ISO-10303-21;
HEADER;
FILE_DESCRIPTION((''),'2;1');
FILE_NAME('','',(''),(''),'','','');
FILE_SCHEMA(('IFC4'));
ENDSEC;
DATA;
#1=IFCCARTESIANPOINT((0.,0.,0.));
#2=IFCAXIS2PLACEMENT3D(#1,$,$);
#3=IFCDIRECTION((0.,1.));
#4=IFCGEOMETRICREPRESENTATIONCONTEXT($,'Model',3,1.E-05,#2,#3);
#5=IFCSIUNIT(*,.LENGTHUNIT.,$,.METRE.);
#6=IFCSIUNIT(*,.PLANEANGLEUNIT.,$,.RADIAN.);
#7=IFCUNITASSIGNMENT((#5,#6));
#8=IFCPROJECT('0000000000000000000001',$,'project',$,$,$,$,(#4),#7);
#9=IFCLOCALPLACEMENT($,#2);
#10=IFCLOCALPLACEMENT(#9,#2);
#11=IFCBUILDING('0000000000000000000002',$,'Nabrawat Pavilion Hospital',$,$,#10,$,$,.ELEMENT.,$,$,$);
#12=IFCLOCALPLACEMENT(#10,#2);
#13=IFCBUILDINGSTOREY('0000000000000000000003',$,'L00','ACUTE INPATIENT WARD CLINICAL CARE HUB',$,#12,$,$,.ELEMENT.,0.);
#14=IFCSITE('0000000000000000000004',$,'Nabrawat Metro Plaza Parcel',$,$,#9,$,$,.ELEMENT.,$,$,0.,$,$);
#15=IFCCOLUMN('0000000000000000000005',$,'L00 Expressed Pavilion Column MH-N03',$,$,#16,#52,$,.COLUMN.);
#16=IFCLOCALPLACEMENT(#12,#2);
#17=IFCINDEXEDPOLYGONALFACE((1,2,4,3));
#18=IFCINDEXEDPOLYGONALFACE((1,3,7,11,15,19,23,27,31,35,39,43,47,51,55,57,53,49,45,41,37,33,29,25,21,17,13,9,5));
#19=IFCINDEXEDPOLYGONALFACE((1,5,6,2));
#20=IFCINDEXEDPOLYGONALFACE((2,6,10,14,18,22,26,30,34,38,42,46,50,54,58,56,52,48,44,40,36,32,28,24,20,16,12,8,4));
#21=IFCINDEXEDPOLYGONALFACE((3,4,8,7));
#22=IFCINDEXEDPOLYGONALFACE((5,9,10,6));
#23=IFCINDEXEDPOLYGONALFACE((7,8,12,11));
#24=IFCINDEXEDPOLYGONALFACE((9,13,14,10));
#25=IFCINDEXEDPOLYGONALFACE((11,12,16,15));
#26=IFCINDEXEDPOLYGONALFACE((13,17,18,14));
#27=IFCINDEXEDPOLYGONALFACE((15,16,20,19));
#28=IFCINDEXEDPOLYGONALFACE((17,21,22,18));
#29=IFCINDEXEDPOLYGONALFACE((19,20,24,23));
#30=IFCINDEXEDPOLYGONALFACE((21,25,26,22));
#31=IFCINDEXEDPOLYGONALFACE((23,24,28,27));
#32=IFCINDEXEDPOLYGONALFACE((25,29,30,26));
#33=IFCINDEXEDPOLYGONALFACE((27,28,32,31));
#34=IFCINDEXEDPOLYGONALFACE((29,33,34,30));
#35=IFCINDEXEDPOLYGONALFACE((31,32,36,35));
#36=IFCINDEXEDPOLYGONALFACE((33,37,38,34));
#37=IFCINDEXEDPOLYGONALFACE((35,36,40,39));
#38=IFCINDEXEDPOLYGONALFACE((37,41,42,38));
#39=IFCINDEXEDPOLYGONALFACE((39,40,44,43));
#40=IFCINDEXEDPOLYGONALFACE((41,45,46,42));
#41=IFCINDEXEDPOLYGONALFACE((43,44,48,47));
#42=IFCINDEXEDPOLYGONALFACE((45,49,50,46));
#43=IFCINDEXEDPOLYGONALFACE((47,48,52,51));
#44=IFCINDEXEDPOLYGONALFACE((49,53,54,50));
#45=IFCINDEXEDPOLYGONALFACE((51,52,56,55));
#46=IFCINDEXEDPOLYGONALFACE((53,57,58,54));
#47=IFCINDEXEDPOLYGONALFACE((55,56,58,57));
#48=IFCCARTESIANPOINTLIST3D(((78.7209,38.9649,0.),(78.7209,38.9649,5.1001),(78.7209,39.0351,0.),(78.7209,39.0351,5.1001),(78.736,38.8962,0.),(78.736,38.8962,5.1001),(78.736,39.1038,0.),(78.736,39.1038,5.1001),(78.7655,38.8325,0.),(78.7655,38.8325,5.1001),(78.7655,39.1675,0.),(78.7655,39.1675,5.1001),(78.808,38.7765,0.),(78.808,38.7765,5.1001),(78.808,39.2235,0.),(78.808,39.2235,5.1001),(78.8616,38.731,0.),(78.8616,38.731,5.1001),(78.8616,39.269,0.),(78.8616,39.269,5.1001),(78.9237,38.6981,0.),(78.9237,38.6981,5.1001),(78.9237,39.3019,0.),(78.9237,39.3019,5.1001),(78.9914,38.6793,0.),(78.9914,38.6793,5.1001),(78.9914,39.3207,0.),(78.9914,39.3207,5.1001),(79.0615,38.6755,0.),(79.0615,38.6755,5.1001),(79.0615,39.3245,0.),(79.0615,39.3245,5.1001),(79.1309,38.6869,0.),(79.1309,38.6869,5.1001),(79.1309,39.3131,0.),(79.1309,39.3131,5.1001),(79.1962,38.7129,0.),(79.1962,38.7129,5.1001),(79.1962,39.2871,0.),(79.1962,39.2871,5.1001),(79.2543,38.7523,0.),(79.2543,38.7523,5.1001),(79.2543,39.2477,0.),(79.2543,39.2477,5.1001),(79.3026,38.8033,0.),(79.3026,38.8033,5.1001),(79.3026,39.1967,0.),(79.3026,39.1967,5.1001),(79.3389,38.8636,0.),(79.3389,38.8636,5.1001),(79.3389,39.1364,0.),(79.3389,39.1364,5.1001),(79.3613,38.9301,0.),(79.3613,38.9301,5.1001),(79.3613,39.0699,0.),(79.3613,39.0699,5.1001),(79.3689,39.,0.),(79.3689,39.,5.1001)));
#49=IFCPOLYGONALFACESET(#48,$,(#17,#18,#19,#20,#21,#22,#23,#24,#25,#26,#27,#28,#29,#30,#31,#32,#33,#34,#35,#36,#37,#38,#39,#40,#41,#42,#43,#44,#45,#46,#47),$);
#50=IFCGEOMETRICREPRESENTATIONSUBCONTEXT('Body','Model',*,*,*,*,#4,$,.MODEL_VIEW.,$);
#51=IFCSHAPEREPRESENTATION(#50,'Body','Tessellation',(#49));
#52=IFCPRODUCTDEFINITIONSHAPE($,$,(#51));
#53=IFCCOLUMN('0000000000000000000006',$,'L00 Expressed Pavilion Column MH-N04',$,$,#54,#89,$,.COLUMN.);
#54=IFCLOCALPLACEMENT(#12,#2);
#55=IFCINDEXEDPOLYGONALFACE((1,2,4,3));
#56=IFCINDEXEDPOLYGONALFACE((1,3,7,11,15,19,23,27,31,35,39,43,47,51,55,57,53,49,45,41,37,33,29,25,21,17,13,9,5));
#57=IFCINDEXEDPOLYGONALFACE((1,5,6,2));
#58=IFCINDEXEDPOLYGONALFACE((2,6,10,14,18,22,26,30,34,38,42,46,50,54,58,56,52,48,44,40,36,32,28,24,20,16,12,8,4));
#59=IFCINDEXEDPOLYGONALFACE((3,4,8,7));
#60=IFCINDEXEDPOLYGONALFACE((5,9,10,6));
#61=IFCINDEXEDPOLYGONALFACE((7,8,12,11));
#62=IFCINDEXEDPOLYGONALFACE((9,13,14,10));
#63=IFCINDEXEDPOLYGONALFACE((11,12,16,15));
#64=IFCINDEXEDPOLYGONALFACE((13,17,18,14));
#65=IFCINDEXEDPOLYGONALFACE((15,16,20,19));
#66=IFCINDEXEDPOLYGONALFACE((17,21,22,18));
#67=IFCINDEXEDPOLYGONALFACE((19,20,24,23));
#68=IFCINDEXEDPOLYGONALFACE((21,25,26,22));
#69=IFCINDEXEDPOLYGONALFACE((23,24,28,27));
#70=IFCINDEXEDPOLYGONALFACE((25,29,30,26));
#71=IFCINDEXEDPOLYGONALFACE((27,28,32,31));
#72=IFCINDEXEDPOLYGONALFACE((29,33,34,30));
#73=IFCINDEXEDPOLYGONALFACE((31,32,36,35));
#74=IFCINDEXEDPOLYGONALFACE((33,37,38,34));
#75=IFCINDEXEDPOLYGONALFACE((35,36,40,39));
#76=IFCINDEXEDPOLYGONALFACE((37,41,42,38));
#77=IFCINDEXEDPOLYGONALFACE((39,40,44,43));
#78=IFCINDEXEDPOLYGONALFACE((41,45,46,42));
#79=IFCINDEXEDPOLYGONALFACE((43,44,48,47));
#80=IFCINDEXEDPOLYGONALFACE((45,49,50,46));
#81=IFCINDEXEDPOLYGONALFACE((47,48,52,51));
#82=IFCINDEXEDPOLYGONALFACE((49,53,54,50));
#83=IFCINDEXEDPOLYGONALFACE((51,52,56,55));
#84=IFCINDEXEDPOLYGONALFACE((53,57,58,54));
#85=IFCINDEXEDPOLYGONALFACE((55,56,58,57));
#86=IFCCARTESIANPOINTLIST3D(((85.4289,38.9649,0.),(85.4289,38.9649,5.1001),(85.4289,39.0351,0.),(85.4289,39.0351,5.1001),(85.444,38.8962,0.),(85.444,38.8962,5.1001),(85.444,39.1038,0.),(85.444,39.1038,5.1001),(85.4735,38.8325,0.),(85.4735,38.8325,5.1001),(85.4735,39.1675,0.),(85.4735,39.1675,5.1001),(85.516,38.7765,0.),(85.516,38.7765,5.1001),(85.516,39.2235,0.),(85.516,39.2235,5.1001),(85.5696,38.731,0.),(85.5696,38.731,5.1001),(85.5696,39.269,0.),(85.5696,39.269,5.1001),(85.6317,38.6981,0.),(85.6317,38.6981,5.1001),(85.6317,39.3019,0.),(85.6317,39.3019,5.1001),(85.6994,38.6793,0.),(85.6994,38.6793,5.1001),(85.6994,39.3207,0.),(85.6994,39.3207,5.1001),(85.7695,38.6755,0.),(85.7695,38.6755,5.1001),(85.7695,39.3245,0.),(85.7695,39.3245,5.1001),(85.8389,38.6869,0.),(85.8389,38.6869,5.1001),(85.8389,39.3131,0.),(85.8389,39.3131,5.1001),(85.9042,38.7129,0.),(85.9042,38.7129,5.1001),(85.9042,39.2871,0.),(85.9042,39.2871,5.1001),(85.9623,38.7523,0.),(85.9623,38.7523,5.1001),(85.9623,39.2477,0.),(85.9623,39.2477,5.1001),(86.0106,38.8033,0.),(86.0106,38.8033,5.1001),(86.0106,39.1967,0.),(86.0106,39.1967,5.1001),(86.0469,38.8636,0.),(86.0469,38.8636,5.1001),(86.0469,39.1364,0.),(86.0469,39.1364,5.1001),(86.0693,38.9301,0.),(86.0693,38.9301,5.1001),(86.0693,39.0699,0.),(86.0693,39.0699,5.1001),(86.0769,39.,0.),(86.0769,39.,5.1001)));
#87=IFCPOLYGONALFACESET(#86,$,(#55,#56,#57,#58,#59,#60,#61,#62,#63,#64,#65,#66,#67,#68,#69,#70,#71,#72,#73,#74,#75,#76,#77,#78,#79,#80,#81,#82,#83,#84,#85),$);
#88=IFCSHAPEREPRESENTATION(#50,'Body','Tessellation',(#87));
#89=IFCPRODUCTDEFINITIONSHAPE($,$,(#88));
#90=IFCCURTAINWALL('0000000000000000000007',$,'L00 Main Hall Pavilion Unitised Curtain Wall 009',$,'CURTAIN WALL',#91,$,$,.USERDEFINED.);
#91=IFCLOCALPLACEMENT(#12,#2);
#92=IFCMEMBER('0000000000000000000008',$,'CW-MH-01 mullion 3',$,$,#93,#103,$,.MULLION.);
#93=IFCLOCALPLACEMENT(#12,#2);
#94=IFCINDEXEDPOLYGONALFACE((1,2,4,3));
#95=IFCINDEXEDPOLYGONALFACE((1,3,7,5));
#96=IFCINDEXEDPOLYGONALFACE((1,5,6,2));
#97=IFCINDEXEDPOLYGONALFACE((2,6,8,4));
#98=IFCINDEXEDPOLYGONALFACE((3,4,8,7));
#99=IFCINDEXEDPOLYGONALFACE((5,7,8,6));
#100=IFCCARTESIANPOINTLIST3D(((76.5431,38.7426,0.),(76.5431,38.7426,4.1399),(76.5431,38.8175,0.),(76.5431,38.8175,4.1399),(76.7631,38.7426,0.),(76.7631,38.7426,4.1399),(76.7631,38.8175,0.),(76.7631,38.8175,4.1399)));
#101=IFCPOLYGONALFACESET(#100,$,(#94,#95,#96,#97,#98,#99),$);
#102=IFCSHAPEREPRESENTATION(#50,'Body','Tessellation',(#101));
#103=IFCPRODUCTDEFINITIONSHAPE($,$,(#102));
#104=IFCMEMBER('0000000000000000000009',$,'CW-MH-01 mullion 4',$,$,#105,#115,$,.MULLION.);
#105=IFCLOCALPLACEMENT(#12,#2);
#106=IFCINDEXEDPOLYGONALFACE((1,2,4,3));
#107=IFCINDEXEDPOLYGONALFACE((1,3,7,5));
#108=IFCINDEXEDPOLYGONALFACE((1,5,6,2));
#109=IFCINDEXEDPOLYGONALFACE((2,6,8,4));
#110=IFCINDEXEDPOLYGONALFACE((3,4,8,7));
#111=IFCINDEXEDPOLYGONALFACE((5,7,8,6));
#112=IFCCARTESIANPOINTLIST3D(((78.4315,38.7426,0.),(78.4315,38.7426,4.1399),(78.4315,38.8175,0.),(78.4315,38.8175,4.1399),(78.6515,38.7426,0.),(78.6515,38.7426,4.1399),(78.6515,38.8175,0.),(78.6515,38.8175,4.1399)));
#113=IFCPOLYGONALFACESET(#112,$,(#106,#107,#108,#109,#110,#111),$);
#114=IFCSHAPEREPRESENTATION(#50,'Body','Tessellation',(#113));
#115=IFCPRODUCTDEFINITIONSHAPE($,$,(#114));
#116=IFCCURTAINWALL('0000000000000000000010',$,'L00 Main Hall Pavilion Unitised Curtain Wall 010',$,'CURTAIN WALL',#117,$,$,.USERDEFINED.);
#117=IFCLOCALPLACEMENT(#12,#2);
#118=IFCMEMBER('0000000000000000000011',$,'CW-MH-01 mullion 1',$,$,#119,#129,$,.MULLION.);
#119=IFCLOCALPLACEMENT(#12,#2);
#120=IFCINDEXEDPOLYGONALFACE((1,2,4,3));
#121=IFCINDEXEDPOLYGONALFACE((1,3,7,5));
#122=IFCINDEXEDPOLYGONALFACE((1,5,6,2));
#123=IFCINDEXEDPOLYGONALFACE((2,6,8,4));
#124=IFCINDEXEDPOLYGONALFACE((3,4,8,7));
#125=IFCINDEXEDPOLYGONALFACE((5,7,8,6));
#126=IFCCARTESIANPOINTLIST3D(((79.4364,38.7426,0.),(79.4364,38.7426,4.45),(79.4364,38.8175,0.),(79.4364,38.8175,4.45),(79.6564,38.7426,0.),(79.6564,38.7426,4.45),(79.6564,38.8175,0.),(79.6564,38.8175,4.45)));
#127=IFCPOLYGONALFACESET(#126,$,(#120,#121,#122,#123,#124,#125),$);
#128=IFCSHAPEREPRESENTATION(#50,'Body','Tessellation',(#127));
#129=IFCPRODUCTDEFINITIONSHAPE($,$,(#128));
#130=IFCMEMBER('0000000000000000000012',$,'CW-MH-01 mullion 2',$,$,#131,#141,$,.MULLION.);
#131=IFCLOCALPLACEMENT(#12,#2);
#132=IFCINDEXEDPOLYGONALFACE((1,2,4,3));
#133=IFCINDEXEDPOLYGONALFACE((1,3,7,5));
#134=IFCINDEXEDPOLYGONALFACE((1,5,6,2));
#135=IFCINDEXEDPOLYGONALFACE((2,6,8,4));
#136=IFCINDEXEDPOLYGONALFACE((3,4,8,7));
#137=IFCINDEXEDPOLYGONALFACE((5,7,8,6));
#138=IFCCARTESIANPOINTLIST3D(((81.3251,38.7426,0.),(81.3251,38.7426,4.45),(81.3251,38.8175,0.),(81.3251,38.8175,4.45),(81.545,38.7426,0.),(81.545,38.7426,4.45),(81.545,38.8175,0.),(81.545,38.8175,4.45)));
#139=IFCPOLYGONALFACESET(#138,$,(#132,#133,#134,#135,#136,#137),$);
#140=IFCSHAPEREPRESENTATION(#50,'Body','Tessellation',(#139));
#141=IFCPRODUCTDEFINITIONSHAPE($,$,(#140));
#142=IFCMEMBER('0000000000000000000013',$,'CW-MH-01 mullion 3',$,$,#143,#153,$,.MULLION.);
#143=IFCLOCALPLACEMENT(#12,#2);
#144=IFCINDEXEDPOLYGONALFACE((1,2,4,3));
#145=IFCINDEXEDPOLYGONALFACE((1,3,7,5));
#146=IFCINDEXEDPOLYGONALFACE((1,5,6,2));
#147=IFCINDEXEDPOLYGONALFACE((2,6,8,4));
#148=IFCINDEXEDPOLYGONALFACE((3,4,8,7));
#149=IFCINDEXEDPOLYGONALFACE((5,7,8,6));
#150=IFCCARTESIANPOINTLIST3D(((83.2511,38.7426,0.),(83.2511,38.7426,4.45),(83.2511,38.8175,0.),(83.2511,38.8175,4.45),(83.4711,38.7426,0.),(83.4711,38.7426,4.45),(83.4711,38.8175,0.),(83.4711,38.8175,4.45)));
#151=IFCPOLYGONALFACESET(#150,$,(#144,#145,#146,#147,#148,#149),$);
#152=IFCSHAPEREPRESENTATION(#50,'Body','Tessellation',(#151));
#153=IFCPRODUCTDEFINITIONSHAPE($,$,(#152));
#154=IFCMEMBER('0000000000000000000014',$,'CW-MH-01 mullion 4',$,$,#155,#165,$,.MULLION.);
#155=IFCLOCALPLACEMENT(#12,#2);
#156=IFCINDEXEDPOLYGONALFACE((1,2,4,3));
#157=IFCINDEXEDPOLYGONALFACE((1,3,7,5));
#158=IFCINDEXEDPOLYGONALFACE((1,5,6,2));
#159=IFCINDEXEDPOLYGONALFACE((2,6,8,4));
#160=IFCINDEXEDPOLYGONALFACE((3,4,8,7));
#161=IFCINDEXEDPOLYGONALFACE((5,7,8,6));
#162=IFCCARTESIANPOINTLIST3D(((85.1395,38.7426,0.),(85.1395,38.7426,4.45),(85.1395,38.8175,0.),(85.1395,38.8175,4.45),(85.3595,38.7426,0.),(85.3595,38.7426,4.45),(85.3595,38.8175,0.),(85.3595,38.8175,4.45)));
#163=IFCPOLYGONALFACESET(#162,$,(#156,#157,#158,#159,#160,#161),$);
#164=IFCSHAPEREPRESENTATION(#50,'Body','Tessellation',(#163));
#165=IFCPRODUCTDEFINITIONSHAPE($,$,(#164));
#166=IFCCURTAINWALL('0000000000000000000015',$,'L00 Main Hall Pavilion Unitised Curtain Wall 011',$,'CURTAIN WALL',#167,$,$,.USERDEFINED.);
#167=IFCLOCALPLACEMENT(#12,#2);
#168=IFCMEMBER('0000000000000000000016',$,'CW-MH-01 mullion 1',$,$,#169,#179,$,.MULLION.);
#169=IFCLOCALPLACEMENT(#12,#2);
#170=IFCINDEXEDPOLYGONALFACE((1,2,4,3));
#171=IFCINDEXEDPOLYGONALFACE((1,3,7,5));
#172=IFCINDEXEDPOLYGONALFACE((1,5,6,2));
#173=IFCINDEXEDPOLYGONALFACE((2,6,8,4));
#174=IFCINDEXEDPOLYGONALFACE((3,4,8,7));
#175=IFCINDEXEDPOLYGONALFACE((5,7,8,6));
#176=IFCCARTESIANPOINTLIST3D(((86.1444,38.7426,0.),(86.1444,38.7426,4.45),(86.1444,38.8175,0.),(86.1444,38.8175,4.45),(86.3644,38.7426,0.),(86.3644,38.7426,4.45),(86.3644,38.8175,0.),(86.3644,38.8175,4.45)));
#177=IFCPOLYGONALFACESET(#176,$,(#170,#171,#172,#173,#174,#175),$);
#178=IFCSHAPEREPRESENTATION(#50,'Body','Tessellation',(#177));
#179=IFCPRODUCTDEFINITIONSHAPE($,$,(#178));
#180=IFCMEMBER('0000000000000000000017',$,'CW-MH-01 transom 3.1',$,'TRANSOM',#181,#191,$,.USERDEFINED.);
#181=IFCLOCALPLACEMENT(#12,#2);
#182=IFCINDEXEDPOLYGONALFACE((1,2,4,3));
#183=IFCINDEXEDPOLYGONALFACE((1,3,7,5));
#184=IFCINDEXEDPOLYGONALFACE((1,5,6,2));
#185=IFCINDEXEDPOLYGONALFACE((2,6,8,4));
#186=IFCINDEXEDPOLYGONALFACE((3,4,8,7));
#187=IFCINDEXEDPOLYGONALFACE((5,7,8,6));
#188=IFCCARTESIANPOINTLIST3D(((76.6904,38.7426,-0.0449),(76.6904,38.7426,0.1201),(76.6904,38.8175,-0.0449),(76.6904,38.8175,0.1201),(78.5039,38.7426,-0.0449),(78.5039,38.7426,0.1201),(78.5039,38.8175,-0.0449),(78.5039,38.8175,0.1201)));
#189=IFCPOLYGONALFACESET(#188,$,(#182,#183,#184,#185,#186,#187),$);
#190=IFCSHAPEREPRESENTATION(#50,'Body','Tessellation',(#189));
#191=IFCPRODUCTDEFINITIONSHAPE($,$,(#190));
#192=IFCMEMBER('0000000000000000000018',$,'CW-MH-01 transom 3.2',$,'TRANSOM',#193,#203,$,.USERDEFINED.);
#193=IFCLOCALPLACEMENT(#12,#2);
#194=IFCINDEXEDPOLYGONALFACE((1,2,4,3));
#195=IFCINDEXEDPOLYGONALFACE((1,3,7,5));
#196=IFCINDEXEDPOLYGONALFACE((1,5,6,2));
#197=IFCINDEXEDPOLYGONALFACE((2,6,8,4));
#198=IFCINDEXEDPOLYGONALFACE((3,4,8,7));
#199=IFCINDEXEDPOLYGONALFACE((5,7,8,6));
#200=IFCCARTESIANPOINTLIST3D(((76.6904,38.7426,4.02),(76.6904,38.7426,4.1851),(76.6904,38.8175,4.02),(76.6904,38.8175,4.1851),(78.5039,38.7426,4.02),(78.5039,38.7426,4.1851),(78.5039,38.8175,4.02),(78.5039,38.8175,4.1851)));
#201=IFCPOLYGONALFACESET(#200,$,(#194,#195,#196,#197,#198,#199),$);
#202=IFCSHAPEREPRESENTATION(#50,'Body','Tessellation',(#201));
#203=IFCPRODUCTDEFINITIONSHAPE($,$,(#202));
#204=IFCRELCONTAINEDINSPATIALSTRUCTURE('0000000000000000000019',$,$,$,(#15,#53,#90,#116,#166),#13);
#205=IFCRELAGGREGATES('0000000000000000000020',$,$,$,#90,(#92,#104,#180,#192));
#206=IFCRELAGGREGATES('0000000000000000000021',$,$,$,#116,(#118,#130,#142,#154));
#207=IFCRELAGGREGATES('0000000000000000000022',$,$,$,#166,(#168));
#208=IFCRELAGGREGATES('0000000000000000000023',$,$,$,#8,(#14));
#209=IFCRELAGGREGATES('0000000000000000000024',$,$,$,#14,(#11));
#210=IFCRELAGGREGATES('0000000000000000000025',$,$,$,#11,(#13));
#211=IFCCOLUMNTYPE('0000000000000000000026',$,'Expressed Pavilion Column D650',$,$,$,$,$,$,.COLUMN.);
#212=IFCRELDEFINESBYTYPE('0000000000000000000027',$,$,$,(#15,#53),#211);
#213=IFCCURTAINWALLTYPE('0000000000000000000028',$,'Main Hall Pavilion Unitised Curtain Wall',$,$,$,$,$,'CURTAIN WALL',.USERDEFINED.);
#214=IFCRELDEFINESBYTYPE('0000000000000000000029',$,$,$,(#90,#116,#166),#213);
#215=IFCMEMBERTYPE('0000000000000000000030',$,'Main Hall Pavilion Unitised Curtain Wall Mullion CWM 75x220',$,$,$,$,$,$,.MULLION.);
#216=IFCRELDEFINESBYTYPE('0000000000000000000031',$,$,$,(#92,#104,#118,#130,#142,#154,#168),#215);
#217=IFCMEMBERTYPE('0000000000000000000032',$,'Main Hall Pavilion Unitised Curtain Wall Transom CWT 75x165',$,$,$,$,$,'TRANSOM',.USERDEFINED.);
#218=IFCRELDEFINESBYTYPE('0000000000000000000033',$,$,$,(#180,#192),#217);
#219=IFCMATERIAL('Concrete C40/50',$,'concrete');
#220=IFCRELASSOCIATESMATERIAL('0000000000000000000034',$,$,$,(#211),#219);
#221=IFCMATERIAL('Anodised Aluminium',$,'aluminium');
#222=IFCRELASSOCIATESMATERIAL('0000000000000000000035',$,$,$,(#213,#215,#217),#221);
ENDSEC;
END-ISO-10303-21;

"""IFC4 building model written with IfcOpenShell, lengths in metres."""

from ifc_helpers import new_model, si_unit, direction, frame, origin, origin_2d, place, context, subcontext, project, spatial, rectangle, circle, extrude, material, material_profile, profile_set, type_object, element, aggregate, save


model = new_model("IFC4")

# Units and contexts
model_context = context("Model", 3, precision=1e-05, world=origin(), true_north=direction((0.0, 1.0)))
body_context = subcontext(model_context, "Body", "Model", "MODEL_VIEW")
ifc_project = project(units=[si_unit("LENGTHUNIT", "METRE"), si_unit("PLANEANGLEUNIT", "RADIAN")], contexts=[model_context])

# Site, building, storey
site_placement = place(None, origin())
site = spatial("IfcSite", under=ifc_project, at=site_placement, Name="Nabrawat Metro Plaza Parcel", CompositionType="ELEMENT", RefElevation=0.0)
building_placement = place(site_placement, origin())
building = spatial("IfcBuilding", under=site, at=building_placement, Name="Nabrawat Pavilion Hospital", CompositionType="ELEMENT")
storey_placement = place(building_placement, origin())
storey = spatial("IfcBuildingStorey", under=building, at=storey_placement, Name="L00", Description="ACUTE INPATIENT WARD CLINICAL CARE HUB", CompositionType="ELEMENT", Elevation=0.0)

# Columns
ifc_material_1 = material(Name="Concrete C40/50", Category="concrete")
ifc_material_profile_1 = material_profile(ifc_material_1, circle(Radius=0.325, at=origin_2d()), Name="RC D650")
ifc_profile_set_1 = profile_set([ifc_material_profile_1], Name="Concrete C40/50")
column_type = type_object("IfcColumnType", Name="Expressed Pavilion Column D650", PredefinedType="COLUMN", material=ifc_profile_set_1)
for number, where, z_axis, x_axis, name in (
    (1, (79.0439, 39.0, 0.0), (0.0, 0.0, 1.0), (1.0, 0.0, 0.0), "L00 Expressed Pavilion Column MH-N03"),
    (2, (85.752, 39.0, 0.0), (0.0, 0.0, 1.0), (1.0, 0.0, 0.0), "L00 Expressed Pavilion Column MH-N04"),
):
    element("IfcColumn", number, at=place(storey_placement, frame(where, z_axis=z_axis, x_axis=x_axis)), inside=storey, type_object=column_type, Name=name, PredefinedType="COLUMN", context=body_context, shape_type="SweptSolid", body=[
        extrude(circle(Radius=0.325, at=origin_2d()), origin(), (0.0, 0.0, 1.0), 5.1001),
    ])

# Curtain walls, members
ifc_material_2 = material(Name="Anodised Aluminium", Category="aluminium")
curtain_wall_type = type_object("IfcCurtainWallType", Name="Main Hall Pavilion Unitised Curtain Wall", ElementType="CURTAIN WALL", PredefinedType="USERDEFINED", material=ifc_material_2)
curtain_wall_1_placement = place(storey_placement, origin())
curtain_wall_1 = element("IfcCurtainWall", 3, at=curtain_wall_1_placement, inside=storey, type_object=curtain_wall_type, Name="L00 Main Hall Pavilion Unitised Curtain Wall 009", ObjectType="CURTAIN WALL", PredefinedType="USERDEFINED")
ifc_material_profile_2 = material_profile(ifc_material_2, rectangle(XDim=0.075, YDim=0.22, at=origin_2d()), Name="CWM 75x220")
ifc_profile_set_2 = profile_set([ifc_material_profile_2], Name="Anodised Aluminium")
member_type_1 = type_object("IfcMemberType", Name="Main Hall Pavilion Unitised Curtain Wall Mullion CWM 75x220", PredefinedType="MULLION", material=ifc_profile_set_2)
member_1_placement = place(storey_placement, frame((76.6531, 38.78, 0.0), z_axis=(0.0, 0.0, 1.0), x_axis=(0.0, 1.0, 0.0)))
member_1 = element("IfcMember", 4, at=member_1_placement, type_object=member_type_1, Name="CW-MH-01 mullion 3", PredefinedType="MULLION", context=body_context, shape_type="SweptSolid", body=[
    extrude(rectangle(XDim=0.075, YDim=0.22, at=origin_2d()), origin(), (0.0, 0.0, 1.0), 4.1399),
])
member_2_placement = place(storey_placement, frame((78.5415, 38.78, 0.0), z_axis=(0.0, 0.0, 1.0), x_axis=(0.0, 1.0, 0.0)))
member_2 = element("IfcMember", 5, at=member_2_placement, type_object=member_type_1, Name="CW-MH-01 mullion 4", PredefinedType="MULLION", context=body_context, shape_type="SweptSolid", body=[
    extrude(rectangle(XDim=0.075, YDim=0.22, at=origin_2d()), origin(), (0.0, 0.0, 1.0), 4.1399),
])
curtain_wall_2_placement = place(storey_placement, origin())
curtain_wall_2 = element("IfcCurtainWall", 6, at=curtain_wall_2_placement, inside=storey, type_object=curtain_wall_type, Name="L00 Main Hall Pavilion Unitised Curtain Wall 010", ObjectType="CURTAIN WALL", PredefinedType="USERDEFINED")
member_3_placement = place(storey_placement, frame((79.5464, 38.78, 0.0), z_axis=(0.0, 0.0, 1.0), x_axis=(0.0, 1.0, 0.0)))
member_3 = element("IfcMember", 7, at=member_3_placement, type_object=member_type_1, Name="CW-MH-01 mullion 1", PredefinedType="MULLION", context=body_context, shape_type="SweptSolid", body=[
    extrude(rectangle(XDim=0.075, YDim=0.22, at=origin_2d()), origin(), (0.0, 0.0, 1.0), 4.45),
])
member_4_placement = place(storey_placement, frame((81.4351, 38.78, 0.0), z_axis=(0.0, 0.0, 1.0), x_axis=(0.0, 1.0, 0.0)))
member_4 = element("IfcMember", 8, at=member_4_placement, type_object=member_type_1, Name="CW-MH-01 mullion 2", PredefinedType="MULLION", context=body_context, shape_type="SweptSolid", body=[
    extrude(rectangle(XDim=0.075, YDim=0.22, at=origin_2d()), origin(), (0.0, 0.0, 1.0), 4.45),
])
member_5_placement = place(storey_placement, frame((83.3611, 38.78, 0.0), z_axis=(0.0, 0.0, 1.0), x_axis=(0.0, 1.0, 0.0)))
member_5 = element("IfcMember", 9, at=member_5_placement, type_object=member_type_1, Name="CW-MH-01 mullion 3", PredefinedType="MULLION", context=body_context, shape_type="SweptSolid", body=[
    extrude(rectangle(XDim=0.075, YDim=0.22, at=origin_2d()), origin(), (0.0, 0.0, 1.0), 4.45),
])
member_6_placement = place(storey_placement, frame((85.2495, 38.78, 0.0), z_axis=(0.0, 0.0, 1.0), x_axis=(0.0, 1.0, 0.0)))
member_6 = element("IfcMember", 10, at=member_6_placement, type_object=member_type_1, Name="CW-MH-01 mullion 4", PredefinedType="MULLION", context=body_context, shape_type="SweptSolid", body=[
    extrude(rectangle(XDim=0.075, YDim=0.22, at=origin_2d()), origin(), (0.0, 0.0, 1.0), 4.45),
])

# Curtain wall, member
curtain_wall_3_placement = place(storey_placement, origin())
curtain_wall_3 = element("IfcCurtainWall", 11, at=curtain_wall_3_placement, inside=storey, type_object=curtain_wall_type, Name="L00 Main Hall Pavilion Unitised Curtain Wall 011", ObjectType="CURTAIN WALL", PredefinedType="USERDEFINED")
member_7_placement = place(storey_placement, frame((86.2544, 38.78, 0.0), z_axis=(0.0, 0.0, 1.0), x_axis=(0.0, 1.0, 0.0)))
member_7 = element("IfcMember", 12, at=member_7_placement, type_object=member_type_1, Name="CW-MH-01 mullion 1", PredefinedType="MULLION", context=body_context, shape_type="SweptSolid", body=[
    extrude(rectangle(XDim=0.075, YDim=0.22, at=origin_2d()), origin(), (0.0, 0.0, 1.0), 4.45),
])

# Members
ifc_material_profile_3 = material_profile(ifc_material_2, rectangle(XDim=0.075, YDim=0.165, at=origin_2d()), Name="CWT 75x165")
ifc_profile_set_3 = profile_set([ifc_material_profile_3], Name="Anodised Aluminium")
member_type_2 = type_object("IfcMemberType", Name="Main Hall Pavilion Unitised Curtain Wall Transom CWT 75x165", ElementType="TRANSOM", PredefinedType="USERDEFINED", material=ifc_profile_set_3)
member_8_placement = place(storey_placement, frame((76.6904, 38.78, 0.0376), z_axis=(1.0, 0.0, 0.0), x_axis=(0.0, 1.0, 0.0)))
member_8 = element("IfcMember", 13, at=member_8_placement, type_object=member_type_2, Name="CW-MH-01 transom 3.1", ObjectType="TRANSOM", PredefinedType="USERDEFINED", context=body_context, shape_type="SweptSolid", body=[
    extrude(rectangle(XDim=0.075, YDim=0.165, at=origin_2d()), origin(), (0.0, 0.0, 1.0), 1.8135),
])
member_9_placement = place(storey_placement, frame((76.6904, 38.78, 4.1025), z_axis=(1.0, 0.0, 0.0), x_axis=(0.0, 1.0, 0.0)))
member_9 = element("IfcMember", 14, at=member_9_placement, type_object=member_type_2, Name="CW-MH-01 transom 3.2", ObjectType="TRANSOM", PredefinedType="USERDEFINED", context=body_context, shape_type="SweptSolid", body=[
    extrude(rectangle(XDim=0.075, YDim=0.165, at=origin_2d()), origin(), (0.0, 0.0, 1.0), 1.8135),
])

aggregate(curtain_wall_1, [member_1, member_2, member_8, member_9])
aggregate(curtain_wall_2, [member_3, member_4, member_5, member_6])
aggregate(curtain_wall_3, [member_7])

save(model, "model.ifc")
